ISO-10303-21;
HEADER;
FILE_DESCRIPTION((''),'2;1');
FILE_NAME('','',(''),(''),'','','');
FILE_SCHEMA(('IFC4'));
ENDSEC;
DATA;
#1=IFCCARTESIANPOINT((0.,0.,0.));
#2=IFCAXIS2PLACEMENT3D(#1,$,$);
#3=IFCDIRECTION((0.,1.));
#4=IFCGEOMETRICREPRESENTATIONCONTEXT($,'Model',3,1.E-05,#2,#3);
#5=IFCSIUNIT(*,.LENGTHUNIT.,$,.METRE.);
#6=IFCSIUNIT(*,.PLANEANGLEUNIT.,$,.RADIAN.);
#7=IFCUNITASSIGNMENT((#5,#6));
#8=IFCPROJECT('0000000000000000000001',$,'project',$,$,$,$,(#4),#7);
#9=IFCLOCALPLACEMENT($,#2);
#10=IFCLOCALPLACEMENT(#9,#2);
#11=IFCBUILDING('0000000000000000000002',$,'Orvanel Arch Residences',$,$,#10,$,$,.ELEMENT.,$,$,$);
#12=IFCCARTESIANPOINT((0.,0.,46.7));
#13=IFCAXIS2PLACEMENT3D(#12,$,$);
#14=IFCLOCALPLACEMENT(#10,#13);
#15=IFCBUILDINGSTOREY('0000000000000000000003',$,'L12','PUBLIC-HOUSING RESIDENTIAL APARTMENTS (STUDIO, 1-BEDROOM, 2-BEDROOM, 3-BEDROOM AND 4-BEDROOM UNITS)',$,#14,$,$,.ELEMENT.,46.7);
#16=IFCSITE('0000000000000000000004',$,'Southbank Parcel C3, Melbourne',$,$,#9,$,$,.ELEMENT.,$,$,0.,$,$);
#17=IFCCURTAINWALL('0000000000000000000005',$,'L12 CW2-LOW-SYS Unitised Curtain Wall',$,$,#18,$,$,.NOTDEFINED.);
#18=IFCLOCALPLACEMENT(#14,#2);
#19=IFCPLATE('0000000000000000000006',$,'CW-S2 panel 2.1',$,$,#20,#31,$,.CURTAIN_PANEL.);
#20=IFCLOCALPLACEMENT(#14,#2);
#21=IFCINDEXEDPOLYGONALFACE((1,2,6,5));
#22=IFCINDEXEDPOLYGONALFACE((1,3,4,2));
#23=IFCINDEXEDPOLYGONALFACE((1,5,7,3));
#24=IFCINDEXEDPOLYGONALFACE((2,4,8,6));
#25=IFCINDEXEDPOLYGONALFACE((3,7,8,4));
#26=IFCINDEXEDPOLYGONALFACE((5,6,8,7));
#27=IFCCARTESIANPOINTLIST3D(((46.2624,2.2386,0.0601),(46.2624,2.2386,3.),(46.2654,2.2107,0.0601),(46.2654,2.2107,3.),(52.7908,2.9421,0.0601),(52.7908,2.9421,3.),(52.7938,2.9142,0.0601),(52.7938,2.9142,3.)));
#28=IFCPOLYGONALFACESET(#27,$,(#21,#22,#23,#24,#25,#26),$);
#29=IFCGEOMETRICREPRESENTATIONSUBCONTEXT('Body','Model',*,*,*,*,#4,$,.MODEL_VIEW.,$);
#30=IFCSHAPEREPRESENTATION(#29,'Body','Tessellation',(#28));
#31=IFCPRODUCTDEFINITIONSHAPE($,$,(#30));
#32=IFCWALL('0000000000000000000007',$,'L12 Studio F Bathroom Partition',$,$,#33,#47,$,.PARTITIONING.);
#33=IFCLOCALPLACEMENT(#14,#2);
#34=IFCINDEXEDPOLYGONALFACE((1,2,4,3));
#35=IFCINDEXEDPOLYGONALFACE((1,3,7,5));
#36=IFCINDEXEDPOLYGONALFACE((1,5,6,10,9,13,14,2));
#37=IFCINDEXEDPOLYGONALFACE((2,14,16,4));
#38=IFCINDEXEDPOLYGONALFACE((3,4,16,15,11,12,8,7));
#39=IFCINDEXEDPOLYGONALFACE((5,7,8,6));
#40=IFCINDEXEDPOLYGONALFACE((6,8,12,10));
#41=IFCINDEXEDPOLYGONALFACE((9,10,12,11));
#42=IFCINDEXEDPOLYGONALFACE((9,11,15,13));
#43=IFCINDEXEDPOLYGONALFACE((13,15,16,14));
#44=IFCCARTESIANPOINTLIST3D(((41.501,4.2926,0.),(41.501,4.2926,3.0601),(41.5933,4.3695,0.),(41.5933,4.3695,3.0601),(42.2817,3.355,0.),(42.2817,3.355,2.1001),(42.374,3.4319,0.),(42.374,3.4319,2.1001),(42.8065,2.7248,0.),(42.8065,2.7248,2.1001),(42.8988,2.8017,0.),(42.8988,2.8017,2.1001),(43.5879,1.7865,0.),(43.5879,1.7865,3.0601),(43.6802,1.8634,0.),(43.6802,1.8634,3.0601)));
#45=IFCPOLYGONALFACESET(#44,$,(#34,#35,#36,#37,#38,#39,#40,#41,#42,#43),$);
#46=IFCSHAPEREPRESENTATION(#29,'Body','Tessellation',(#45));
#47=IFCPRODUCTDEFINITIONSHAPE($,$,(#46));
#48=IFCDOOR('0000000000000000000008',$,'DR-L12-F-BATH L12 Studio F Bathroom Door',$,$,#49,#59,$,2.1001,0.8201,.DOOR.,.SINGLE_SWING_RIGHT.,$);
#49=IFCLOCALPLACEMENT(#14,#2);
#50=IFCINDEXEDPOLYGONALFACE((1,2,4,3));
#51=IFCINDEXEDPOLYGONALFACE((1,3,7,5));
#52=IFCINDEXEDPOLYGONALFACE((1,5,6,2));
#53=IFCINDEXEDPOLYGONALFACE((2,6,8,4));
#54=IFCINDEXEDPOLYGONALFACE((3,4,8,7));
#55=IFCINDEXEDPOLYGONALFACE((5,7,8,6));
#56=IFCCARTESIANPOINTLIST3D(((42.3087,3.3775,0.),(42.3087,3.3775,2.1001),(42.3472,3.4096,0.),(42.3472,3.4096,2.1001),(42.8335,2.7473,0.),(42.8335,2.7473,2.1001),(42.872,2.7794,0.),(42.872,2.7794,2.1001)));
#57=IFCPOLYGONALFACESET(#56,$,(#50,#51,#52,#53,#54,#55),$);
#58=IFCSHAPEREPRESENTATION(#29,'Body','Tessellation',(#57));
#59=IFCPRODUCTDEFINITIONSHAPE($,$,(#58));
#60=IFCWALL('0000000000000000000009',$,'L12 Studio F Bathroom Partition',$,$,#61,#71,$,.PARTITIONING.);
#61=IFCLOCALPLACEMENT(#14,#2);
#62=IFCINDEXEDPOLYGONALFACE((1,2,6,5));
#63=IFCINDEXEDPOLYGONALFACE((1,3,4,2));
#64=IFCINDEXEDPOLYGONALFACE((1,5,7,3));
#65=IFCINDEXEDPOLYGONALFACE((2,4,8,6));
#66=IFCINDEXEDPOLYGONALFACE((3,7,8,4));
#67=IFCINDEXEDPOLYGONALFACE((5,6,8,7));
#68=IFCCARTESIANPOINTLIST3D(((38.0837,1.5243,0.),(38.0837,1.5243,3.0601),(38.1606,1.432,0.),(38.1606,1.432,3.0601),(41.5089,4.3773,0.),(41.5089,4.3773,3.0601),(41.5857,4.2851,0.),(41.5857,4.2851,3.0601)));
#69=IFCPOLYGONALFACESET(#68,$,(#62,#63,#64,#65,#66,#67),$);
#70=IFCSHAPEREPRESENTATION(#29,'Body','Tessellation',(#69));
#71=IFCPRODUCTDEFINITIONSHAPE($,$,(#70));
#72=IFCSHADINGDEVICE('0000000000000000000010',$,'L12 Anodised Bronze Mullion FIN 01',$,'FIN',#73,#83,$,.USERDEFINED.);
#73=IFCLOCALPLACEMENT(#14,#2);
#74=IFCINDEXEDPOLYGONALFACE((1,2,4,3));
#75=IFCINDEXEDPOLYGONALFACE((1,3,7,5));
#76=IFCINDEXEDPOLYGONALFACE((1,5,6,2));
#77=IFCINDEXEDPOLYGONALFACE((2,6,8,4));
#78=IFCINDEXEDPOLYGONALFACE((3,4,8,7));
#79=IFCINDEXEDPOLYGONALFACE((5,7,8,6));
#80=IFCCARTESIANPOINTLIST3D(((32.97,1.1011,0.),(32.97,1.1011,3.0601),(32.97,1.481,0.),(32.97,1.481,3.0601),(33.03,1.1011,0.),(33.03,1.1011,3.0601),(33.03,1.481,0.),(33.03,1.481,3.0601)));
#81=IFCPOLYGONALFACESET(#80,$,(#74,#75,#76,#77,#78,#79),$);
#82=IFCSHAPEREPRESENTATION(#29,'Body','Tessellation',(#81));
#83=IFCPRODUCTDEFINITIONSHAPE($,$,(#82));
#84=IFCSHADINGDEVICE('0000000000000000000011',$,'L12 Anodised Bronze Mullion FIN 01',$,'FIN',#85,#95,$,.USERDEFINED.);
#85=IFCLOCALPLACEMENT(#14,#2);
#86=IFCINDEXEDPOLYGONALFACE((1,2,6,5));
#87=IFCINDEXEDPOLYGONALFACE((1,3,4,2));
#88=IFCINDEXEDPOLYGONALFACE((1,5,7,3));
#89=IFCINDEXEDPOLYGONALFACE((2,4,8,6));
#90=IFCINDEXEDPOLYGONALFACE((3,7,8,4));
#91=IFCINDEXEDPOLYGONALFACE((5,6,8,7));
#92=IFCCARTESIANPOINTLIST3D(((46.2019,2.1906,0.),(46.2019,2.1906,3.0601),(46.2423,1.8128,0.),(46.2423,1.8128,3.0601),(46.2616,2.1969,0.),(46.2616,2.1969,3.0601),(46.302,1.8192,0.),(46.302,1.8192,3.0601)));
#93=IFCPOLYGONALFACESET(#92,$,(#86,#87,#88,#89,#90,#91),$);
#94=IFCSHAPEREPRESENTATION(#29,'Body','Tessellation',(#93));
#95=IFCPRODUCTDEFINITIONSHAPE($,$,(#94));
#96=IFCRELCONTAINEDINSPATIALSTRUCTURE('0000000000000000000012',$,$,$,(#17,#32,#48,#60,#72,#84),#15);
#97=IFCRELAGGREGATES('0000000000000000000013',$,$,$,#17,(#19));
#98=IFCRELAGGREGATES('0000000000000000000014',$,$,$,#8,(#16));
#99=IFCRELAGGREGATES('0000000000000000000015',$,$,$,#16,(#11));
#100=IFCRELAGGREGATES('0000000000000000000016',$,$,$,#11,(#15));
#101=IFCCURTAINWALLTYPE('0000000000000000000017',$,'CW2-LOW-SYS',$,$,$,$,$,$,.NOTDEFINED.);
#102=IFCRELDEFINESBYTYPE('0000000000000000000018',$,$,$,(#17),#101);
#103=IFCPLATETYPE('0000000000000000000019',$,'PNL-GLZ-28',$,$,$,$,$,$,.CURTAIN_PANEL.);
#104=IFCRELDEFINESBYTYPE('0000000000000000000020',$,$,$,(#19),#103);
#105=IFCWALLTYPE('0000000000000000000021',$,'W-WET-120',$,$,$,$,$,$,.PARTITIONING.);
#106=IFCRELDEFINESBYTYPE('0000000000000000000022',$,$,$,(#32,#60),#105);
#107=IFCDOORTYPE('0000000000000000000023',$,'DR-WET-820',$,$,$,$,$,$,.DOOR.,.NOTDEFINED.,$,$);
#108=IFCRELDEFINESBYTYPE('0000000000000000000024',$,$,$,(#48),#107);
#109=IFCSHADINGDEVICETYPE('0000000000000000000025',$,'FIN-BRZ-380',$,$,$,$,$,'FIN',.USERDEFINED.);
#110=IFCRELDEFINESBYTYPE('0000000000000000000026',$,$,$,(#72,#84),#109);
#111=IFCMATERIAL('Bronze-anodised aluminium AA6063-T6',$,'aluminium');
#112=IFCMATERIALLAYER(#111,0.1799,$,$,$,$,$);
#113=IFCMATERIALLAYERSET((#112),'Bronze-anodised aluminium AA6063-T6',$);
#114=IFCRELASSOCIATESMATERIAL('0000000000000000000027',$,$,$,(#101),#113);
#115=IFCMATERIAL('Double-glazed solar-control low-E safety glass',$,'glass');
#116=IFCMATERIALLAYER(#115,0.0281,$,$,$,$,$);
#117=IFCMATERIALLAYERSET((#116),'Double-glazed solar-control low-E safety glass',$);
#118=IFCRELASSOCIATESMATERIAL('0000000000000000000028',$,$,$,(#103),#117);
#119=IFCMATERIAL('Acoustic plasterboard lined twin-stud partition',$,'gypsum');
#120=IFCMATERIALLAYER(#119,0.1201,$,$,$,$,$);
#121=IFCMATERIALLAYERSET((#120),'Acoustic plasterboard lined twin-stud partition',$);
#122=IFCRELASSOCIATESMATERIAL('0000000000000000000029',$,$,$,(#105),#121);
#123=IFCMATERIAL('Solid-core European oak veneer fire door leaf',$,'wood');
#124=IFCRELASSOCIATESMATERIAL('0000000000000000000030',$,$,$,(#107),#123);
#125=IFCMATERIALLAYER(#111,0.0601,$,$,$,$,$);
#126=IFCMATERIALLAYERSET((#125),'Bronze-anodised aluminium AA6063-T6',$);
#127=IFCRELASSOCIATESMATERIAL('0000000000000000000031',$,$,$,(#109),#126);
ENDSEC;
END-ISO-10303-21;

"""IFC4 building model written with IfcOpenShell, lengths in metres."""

from ifc_helpers import new_model, si_unit, direction, frame, frame_2d, origin, origin_2d, place, context, subcontext, project, spatial, rectangle, extrude, material, layer, layer_set, type_object, element, fill, aggregate, save


model = new_model("IFC4")

# Units and contexts
model_context = context("Model", 3, precision=1e-05, world=origin(), true_north=direction((0.0, 1.0)))
body_context = subcontext(model_context, "Body", "Model", "MODEL_VIEW")
ifc_project = project(units=[si_unit("LENGTHUNIT", "METRE"), si_unit("PLANEANGLEUNIT", "RADIAN")], contexts=[model_context])

# Site, building, storey
site_placement = place(None, origin())
site = spatial("IfcSite", under=ifc_project, at=site_placement, Name="Southbank Parcel C3, Melbourne", CompositionType="ELEMENT", RefElevation=0.0)
building_placement = place(site_placement, origin())
building = spatial("IfcBuilding", under=site, at=building_placement, Name="Orvanel Arch Residences", CompositionType="ELEMENT")
storey_placement = place(building_placement, frame((0.0, 0.0, 46.7)))
storey = spatial("IfcBuildingStorey", under=building, at=storey_placement, Name="L12", Description="PUBLIC-HOUSING RESIDENTIAL APARTMENTS (STUDIO, 1-BEDROOM, 2-BEDROOM, 3-BEDROOM AND 4-BEDROOM UNITS)", CompositionType="ELEMENT", Elevation=46.7)

# Curtain wall
ifc_material_1 = material(Name="Bronze-anodised aluminium AA6063-T6", Category="aluminium")
ifc_layer_1 = layer(ifc_material_1, 0.1799)
ifc_layer_set_1 = layer_set([ifc_layer_1], Name="Bronze-anodised aluminium AA6063-T6")
curtain_wall_type = type_object("IfcCurtainWallType", Name="CW2-LOW-SYS", PredefinedType="NOTDEFINED", material=ifc_layer_set_1)
curtain_wall_1_placement = place(storey_placement, origin())
curtain_wall_1 = element("IfcCurtainWall", 1, at=curtain_wall_1_placement, inside=storey, type_object=curtain_wall_type, Name="L12 CW2-LOW-SYS Unitised Curtain Wall", PredefinedType="NOTDEFINED")

# Plate
ifc_material_2 = material(Name="Double-glazed solar-control low-E safety glass", Category="glass")
ifc_layer_2 = layer(ifc_material_2, 0.0281)
ifc_layer_set_2 = layer_set([ifc_layer_2], Name="Double-glazed solar-control low-E safety glass")
plate_type = type_object("IfcPlateType", Name="PNL-GLZ-28", PredefinedType="CURTAIN_PANEL", material=ifc_layer_set_2)
plate_1_placement = place(storey_placement, frame((49.5281, 2.5764, 0.0601), z_axis=(0.0, 0.0, 1.0), x_axis=(0.994244, 0.10714, 0.0)))
plate_1 = element("IfcPlate", 2, at=plate_1_placement, type_object=plate_type, Name="CW-S2 panel 2.1", PredefinedType="CURTAIN_PANEL", context=body_context, shape_type="SweptSolid", body=[
    extrude(rectangle(XDim=6.5662, YDim=0.0281, at=origin_2d()), origin(), (0.0, 0.0, 1.0), 2.9399),
])
aggregate(curtain_wall_1, [plate_1])

# Wall, opening, door
ifc_material_3 = material(Name="Acoustic plasterboard lined twin-stud partition", Category="gypsum")
ifc_layer_3 = layer(ifc_material_3, 0.1201)
ifc_layer_set_3 = layer_set([ifc_layer_3], Name="Acoustic plasterboard lined twin-stud partition")
wall_type = type_object("IfcWallType", Name="W-WET-120", PredefinedType="PARTITIONING", material=ifc_layer_set_3)
wall_1_placement = place(storey_placement, frame((43.634, 1.825, 0.0), z_axis=(0.0, 0.0, 1.0), x_axis=(-0.639912, 0.768448, 0.0)))
wall_1 = element("IfcWall", 3, at=wall_1_placement, inside=storey, type_object=wall_type, Name="L12 Studio F Bathroom Partition", PredefinedType="PARTITIONING", context=body_context, shape_type="SweptSolid", body=[
    extrude(rectangle(XDim=3.2612, YDim=0.1201, at=frame_2d((1.6306, 0.0))), origin(), (0.0, 0.0, 1.0), 3.0601),
])
opening_placement = place(wall_1_placement, frame((1.2209, 0.0, 0.0)))
opening = element("IfcOpeningElement", 4, at=opening_placement, cuts=wall_1, PredefinedType="OPENING", context=body_context, shape_type="SweptSolid", body=[
    extrude(rectangle(XDim=0.8201, YDim=2.1001, at=frame_2d((0.4102, 1.05))), frame((0.0, 0.0701, 0.0), z_axis=(0.0, -1.0, 0.0), x_axis=(1.0, 0.0, 0.0)), (0.0, 0.0, 1.0), 0.1401),
])
ifc_material_4 = material(Name="Solid-core European oak veneer fire door leaf", Category="wood")
door_type = type_object("IfcDoorType", Name="DR-WET-820", OperationType="NOTDEFINED", PredefinedType="DOOR", material=ifc_material_4)
door_placement = place(opening_placement, origin())
door = element("IfcDoor", 5, at=door_placement, inside=storey, type_object=door_type, Name="DR-L12-F-BATH L12 Studio F Bathroom Door", OperationType="SINGLE_SWING_RIGHT", OverallHeight=2.1001, OverallWidth=0.8201, PredefinedType="DOOR", context=body_context, shape_type="SweptSolid", body=[
    extrude(rectangle(XDim=0.8201, YDim=2.1001, at=frame_2d((0.4102, 1.05))), frame((0.0, 0.0249, 0.0), z_axis=(0.0, -1.0, 0.0), x_axis=(1.0, 0.0, 0.0)), (0.0, 0.0, 1.0), 0.05),
])
fill(opening, door)

# Wall
wall_2_placement = place(storey_placement, frame((38.1221, 1.478, 0.0), z_axis=(0.0, 0.0, 1.0), x_axis=(0.768351, 0.640028, 0.0)))
element("IfcWall", 6, at=wall_2_placement, inside=storey, type_object=wall_type, Name="L12 Studio F Bathroom Partition", PredefinedType="PARTITIONING", context=body_context, shape_type="SweptSolid", body=[
    extrude(rectangle(XDim=4.4578, YDim=0.1201, at=frame_2d((2.229, 0.0))), origin(), (0.0, 0.0, 1.0), 3.0601),
])

# Shading devices
ifc_layer_4 = layer(ifc_material_1, 0.0601)
ifc_layer_set_4 = layer_set([ifc_layer_4], Name="Bronze-anodised aluminium AA6063-T6")
shading_device_type = type_object("IfcShadingDeviceType", Name="FIN-BRZ-380", ElementType="FIN", PredefinedType="USERDEFINED", material=ifc_layer_set_4)
for number, where, z_axis, x_axis, name in (
    (7, (33.0, 1.291, 0.0), (0.0, 0.0, 1.0), (0.0, -1.0, 0.0), "L12 Anodised Bronze Mullion FIN 01"),
    (8, (46.252, 2.0049, 0.0), (0.0, 0.0, 1.0), (0.106264, -0.994338, 0.0), "L12 Anodised Bronze Mullion FIN 01"),
):
    element("IfcShadingDevice", number, at=place(storey_placement, frame(where, z_axis=z_axis, x_axis=x_axis)), inside=storey, type_object=shading_device_type, Name=name, ObjectType="FIN", PredefinedType="USERDEFINED", context=body_context, shape_type="SweptSolid", body=[
        extrude(rectangle(XDim=0.3799, YDim=0.0601, at=origin_2d()), origin(), (0.0, 0.0, 1.0), 3.0601),
    ])

save(model, "model.ifc")
